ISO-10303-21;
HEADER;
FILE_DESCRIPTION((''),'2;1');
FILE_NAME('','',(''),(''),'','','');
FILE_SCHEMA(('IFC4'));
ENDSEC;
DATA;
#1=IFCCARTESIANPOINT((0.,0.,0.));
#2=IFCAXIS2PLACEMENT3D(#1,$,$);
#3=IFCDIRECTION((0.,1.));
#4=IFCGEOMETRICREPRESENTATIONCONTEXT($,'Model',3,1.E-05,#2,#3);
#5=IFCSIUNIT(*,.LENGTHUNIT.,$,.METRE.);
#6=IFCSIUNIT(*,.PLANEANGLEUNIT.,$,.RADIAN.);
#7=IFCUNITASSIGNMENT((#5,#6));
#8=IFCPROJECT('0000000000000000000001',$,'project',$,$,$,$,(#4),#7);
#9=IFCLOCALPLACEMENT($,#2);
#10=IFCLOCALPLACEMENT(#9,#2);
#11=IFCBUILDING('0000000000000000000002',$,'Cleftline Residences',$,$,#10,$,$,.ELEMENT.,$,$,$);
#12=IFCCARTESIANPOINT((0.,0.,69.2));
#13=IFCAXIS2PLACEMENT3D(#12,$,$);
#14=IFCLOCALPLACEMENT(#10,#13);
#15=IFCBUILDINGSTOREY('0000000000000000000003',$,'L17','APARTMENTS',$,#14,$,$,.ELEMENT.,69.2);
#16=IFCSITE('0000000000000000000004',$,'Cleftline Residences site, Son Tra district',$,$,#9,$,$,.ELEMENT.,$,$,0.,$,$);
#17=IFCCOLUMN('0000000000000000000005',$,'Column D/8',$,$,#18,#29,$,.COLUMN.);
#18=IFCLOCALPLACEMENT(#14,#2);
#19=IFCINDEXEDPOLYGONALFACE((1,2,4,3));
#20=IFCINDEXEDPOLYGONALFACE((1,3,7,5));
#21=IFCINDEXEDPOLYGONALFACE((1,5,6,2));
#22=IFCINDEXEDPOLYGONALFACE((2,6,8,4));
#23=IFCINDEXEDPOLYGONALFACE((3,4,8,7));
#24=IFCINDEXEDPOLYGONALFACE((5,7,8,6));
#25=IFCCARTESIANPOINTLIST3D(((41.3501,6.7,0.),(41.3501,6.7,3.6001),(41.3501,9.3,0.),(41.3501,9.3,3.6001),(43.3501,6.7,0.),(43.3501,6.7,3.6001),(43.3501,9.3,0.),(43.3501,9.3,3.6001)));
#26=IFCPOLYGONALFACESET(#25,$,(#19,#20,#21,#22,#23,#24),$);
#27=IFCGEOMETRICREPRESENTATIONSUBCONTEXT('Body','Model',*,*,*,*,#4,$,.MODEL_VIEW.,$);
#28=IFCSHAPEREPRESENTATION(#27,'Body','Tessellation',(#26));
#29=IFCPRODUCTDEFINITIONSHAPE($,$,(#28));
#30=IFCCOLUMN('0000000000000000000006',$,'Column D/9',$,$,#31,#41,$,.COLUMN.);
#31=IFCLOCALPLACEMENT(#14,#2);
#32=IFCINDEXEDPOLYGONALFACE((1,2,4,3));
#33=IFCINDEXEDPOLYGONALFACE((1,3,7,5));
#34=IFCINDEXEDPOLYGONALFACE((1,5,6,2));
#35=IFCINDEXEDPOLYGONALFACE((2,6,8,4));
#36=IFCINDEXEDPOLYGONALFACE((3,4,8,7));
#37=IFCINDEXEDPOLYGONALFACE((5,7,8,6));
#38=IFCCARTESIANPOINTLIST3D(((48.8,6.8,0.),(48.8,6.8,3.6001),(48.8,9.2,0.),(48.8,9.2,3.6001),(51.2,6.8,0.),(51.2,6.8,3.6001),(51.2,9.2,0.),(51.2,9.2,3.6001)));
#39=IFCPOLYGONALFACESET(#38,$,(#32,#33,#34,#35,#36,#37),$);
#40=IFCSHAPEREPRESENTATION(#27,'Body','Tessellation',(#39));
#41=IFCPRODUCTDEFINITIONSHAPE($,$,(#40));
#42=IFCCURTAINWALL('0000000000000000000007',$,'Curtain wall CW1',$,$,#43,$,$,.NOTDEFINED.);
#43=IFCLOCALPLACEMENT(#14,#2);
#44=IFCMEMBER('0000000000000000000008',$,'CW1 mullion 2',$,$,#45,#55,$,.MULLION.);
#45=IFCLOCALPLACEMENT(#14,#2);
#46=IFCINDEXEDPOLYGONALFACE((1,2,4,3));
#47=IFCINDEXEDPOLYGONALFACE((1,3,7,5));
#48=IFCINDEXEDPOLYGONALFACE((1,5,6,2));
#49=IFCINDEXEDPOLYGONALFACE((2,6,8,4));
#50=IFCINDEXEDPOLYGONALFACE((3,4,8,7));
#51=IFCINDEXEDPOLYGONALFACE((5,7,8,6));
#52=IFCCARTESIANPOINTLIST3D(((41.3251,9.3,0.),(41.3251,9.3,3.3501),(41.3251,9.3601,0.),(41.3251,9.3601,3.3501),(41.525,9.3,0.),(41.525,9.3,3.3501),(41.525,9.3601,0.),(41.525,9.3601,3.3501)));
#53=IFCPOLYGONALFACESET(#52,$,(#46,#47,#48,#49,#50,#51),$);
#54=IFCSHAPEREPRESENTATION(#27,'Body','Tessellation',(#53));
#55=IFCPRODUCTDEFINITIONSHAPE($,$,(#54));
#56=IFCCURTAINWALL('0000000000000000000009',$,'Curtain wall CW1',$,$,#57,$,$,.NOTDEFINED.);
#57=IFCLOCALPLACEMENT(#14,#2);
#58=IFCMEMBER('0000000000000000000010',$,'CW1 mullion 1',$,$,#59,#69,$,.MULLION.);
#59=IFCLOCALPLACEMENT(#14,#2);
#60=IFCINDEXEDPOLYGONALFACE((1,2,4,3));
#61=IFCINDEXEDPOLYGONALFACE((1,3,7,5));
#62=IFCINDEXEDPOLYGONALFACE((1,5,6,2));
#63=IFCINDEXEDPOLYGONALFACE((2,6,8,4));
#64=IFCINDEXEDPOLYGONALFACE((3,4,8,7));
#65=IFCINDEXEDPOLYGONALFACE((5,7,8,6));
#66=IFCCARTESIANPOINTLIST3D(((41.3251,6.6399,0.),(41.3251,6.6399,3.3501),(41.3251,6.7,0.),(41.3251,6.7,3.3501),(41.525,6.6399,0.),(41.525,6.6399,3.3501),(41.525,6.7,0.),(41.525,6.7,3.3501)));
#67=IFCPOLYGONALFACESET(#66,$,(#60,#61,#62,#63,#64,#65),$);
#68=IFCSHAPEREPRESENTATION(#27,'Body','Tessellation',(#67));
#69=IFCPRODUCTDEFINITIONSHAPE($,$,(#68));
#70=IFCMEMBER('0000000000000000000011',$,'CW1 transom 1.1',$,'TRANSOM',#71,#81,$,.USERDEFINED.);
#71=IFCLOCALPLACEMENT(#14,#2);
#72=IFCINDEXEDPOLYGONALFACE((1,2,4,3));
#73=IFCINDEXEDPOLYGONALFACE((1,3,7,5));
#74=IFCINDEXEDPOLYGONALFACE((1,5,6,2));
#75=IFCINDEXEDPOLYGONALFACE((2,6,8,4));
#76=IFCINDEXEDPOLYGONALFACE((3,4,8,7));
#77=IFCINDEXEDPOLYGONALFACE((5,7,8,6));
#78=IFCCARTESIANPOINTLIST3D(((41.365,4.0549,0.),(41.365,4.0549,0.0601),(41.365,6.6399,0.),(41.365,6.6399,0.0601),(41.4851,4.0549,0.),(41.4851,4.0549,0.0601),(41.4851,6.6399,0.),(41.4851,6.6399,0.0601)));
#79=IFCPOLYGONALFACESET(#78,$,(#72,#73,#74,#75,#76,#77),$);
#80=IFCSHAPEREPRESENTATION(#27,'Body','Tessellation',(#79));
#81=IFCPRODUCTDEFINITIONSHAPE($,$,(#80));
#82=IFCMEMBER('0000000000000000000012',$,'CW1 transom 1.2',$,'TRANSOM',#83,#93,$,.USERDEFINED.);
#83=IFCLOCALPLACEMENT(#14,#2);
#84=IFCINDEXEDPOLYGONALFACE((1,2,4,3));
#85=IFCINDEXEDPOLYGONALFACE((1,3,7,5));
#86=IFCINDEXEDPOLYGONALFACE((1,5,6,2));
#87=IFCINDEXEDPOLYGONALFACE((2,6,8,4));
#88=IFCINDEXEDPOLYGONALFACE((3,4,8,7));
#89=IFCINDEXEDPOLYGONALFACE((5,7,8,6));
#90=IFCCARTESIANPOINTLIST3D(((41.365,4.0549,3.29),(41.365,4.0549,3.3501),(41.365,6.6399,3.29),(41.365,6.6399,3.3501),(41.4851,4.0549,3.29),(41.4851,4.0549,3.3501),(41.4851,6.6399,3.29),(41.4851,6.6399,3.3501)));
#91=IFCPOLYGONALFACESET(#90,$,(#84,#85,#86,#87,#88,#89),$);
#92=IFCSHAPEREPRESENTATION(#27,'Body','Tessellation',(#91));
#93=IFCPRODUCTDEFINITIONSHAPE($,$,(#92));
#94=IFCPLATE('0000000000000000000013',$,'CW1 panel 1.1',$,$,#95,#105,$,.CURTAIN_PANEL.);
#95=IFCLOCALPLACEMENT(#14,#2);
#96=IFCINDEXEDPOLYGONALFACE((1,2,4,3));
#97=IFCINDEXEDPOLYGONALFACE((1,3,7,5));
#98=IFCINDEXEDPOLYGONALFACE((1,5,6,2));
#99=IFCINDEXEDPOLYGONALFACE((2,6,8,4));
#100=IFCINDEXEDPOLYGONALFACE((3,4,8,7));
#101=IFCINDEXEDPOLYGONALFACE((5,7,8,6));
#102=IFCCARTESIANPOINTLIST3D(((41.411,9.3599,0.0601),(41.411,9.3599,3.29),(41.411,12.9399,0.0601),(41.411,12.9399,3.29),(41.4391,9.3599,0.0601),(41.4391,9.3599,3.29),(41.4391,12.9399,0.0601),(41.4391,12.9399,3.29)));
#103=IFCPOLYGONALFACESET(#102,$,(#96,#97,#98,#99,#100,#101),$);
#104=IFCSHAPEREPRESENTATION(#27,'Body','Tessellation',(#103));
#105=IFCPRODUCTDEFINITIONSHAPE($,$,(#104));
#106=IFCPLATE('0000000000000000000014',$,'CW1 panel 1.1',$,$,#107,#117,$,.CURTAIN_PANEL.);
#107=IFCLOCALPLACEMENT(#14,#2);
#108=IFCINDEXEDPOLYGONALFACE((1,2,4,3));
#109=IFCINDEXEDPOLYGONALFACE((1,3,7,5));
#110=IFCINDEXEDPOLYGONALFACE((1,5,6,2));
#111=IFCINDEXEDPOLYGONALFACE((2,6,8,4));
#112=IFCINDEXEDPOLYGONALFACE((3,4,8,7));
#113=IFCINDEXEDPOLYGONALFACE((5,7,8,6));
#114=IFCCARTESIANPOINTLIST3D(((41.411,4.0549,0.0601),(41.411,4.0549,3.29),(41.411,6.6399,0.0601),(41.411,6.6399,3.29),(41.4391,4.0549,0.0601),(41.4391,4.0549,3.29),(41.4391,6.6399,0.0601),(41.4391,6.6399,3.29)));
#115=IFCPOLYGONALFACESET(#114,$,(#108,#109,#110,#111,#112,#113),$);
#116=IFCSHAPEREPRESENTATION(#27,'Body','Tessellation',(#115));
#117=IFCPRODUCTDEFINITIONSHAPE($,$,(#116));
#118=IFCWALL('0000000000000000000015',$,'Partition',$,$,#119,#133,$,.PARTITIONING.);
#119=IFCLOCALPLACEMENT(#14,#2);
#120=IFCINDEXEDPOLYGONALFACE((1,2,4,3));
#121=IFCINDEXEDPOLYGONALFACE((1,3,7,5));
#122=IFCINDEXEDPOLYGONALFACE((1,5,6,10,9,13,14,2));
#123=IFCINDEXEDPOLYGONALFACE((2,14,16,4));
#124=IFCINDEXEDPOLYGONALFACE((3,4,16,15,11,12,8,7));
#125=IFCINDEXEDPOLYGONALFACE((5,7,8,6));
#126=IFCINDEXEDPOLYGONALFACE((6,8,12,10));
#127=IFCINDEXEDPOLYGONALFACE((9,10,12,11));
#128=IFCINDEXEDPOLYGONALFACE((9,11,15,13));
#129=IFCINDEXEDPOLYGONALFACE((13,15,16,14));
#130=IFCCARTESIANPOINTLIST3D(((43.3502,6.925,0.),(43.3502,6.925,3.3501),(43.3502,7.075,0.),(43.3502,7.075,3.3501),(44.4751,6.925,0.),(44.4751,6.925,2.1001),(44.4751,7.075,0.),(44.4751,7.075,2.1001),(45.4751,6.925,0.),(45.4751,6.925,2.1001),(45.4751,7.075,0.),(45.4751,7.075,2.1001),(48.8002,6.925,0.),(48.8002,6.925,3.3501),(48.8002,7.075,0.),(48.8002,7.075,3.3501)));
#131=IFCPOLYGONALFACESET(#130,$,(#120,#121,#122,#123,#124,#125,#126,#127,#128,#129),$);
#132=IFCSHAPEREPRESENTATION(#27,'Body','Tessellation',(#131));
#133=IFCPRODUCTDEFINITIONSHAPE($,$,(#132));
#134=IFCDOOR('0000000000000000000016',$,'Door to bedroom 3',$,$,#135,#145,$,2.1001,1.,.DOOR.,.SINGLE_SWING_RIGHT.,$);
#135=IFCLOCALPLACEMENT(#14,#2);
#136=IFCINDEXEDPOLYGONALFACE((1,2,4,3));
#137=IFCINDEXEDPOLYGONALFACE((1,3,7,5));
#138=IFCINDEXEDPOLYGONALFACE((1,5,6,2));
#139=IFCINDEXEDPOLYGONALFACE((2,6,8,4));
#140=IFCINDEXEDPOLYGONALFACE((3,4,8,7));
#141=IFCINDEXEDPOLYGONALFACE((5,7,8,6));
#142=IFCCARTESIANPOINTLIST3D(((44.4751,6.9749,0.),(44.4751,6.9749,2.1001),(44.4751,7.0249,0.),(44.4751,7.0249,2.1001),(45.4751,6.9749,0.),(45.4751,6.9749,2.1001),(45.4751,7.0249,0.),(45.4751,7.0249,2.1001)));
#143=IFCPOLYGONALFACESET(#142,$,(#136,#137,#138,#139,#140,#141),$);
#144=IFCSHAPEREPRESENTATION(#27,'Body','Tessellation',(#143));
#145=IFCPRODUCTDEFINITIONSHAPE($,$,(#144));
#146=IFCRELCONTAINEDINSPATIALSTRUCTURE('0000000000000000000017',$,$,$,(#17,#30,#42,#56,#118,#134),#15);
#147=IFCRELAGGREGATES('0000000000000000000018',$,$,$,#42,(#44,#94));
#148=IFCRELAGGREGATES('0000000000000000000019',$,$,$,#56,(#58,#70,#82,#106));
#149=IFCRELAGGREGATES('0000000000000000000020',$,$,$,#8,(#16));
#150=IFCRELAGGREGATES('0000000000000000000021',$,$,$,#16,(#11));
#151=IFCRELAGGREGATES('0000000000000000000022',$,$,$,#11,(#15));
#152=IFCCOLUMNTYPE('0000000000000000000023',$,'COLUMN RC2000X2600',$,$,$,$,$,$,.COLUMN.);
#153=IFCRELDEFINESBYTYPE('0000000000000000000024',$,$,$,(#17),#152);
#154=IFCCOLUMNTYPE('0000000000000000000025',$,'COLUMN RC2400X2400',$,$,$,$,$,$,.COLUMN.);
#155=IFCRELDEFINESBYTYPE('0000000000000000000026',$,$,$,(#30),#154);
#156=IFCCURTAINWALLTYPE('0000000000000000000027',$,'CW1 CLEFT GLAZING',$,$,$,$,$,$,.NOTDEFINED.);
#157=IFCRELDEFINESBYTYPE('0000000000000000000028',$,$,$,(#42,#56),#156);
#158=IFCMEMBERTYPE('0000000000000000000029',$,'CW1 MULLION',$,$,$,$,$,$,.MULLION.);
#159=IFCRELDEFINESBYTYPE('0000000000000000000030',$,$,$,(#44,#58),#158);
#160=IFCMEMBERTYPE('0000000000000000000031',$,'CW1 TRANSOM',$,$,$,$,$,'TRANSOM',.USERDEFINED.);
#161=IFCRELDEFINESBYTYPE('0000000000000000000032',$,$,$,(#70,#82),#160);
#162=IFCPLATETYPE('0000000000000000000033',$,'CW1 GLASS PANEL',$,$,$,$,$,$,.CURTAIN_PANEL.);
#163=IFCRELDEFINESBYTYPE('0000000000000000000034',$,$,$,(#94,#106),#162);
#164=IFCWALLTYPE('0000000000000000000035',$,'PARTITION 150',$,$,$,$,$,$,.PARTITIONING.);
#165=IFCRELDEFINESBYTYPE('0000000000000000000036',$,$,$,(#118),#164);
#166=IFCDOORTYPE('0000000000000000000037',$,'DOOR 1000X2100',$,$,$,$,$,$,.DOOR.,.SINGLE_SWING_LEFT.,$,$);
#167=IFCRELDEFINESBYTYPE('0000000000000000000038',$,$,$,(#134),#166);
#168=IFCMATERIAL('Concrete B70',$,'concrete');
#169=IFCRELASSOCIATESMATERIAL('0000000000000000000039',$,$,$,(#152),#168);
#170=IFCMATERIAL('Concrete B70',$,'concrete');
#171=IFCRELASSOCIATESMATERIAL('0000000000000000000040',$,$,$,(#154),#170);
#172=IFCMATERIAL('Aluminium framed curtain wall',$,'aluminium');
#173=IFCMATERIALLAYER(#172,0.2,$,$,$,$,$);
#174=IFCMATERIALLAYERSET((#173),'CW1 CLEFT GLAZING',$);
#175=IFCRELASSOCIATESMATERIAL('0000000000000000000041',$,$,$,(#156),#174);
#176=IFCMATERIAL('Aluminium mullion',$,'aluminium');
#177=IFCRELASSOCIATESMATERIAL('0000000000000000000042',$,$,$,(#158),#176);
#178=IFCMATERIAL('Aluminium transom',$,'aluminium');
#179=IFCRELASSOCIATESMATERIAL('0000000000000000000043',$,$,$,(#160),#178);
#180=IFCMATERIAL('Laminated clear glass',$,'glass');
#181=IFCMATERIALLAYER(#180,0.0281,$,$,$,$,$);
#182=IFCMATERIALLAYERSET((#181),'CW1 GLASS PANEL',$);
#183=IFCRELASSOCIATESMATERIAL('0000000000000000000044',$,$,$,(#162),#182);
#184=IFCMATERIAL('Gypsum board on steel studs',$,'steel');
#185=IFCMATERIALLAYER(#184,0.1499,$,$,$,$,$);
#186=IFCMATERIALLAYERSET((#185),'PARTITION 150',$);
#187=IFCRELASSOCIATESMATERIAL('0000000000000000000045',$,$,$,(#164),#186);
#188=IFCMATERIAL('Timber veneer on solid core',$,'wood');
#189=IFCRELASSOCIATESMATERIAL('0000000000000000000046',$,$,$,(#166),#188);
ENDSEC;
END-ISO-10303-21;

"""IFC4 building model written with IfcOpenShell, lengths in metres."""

from ifc_helpers import new_model, si_unit, direction, frame, frame_2d, origin, origin_2d, place, context, subcontext, project, spatial, rectangle, extrude, material, layer, layer_set, material_profile, profile_set, type_object, element, fill, aggregate, save


model = new_model("IFC4")

# Units and contexts
model_context = context("Model", 3, precision=1e-05, world=origin(), true_north=direction((0.0, 1.0)))
body_context = subcontext(model_context, "Body", "Model", "MODEL_VIEW")
ifc_project = project(units=[si_unit("LENGTHUNIT", "METRE"), si_unit("PLANEANGLEUNIT", "RADIAN")], contexts=[model_context])

# Site, building, storey
site_placement = place(None, origin())
site = spatial("IfcSite", under=ifc_project, at=site_placement, Name="Cleftline Residences site, Son Tra district", CompositionType="ELEMENT", RefElevation=0.0)
building_placement = place(site_placement, origin())
building = spatial("IfcBuilding", under=site, at=building_placement, Name="Cleftline Residences", CompositionType="ELEMENT")
storey_placement = place(building_placement, frame((0.0, 0.0, 69.2)))
storey = spatial("IfcBuildingStorey", under=building, at=storey_placement, Name="L17", Description="APARTMENTS", CompositionType="ELEMENT", Elevation=69.2)

# Columns
ifc_material_1 = material(Name="Concrete B70", Category="concrete")
ifc_material_profile_1 = material_profile(ifc_material_1, rectangle(XDim=2.0, YDim=2.6001, at=origin_2d()))
ifc_profile_set_1 = profile_set([ifc_material_profile_1], Name="Concrete B70")
column_type_1 = type_object("IfcColumnType", Name="COLUMN RC2000X2600", PredefinedType="COLUMN", material=ifc_profile_set_1)
column_1_placement = place(storey_placement, frame((42.3501, 8.0, 0.0), z_axis=(0.0, 0.0, 1.0), x_axis=(1.0, 0.0, 0.0)))
element("IfcColumn", 1, at=column_1_placement, inside=storey, type_object=column_type_1, Name="Column D/8", PredefinedType="COLUMN", context=body_context, shape_type="SweptSolid", body=[
    extrude(rectangle(XDim=2.0, YDim=2.6001, at=origin_2d()), origin(), (0.0, 0.0, 1.0), 3.6001),
])
ifc_material_2 = material(Name="Concrete B70", Category="concrete")
ifc_material_profile_2 = material_profile(ifc_material_2, rectangle(XDim=2.3999, YDim=2.3999, at=origin_2d()))
ifc_profile_set_2 = profile_set([ifc_material_profile_2], Name="Concrete B70")
column_type_2 = type_object("IfcColumnType", Name="COLUMN RC2400X2400", PredefinedType="COLUMN", material=ifc_profile_set_2)
column_2_placement = place(storey_placement, frame((50.0, 8.0, 0.0), z_axis=(0.0, 0.0, 1.0), x_axis=(1.0, 0.0, 0.0)))
element("IfcColumn", 2, at=column_2_placement, inside=storey, type_object=column_type_2, Name="Column D/9", PredefinedType="COLUMN", context=body_context, shape_type="SweptSolid", body=[
    extrude(rectangle(XDim=2.3999, YDim=2.3999, at=origin_2d()), origin(), (0.0, 0.0, 1.0), 3.6001),
])

# Curtain wall, member
ifc_material_3 = material(Name="Aluminium framed curtain wall", Category="aluminium")
ifc_layer_1 = layer(ifc_material_3, 0.2)
ifc_layer_set_1 = layer_set([ifc_layer_1], Name="CW1 CLEFT GLAZING")
curtain_wall_type = type_object("IfcCurtainWallType", Name="CW1 CLEFT GLAZING", PredefinedType="NOTDEFINED", material=ifc_layer_set_1)
curtain_wall_1_placement = place(storey_placement, origin())
curtain_wall_1 = element("IfcCurtainWall", 3, at=curtain_wall_1_placement, inside=storey, type_object=curtain_wall_type, Name="Curtain wall CW1", PredefinedType="NOTDEFINED")
ifc_material_4 = material(Name="Aluminium mullion", Category="aluminium")
ifc_material_profile_3 = material_profile(ifc_material_4, rectangle(XDim=0.2, YDim=0.0601, at=origin_2d()))
ifc_profile_set_3 = profile_set([ifc_material_profile_3], Name="Aluminium mullion")
member_type_1 = type_object("IfcMemberType", Name="CW1 MULLION", PredefinedType="MULLION", material=ifc_profile_set_3)
member_1_placement = place(storey_placement, frame((41.425, 9.3301, 0.0), z_axis=(0.0, 0.0, 1.0), x_axis=(1.0, 0.0, 0.0)))
member_1 = element("IfcMember", 4, at=member_1_placement, type_object=member_type_1, Name="CW1 mullion 2", PredefinedType="MULLION", context=body_context, shape_type="SweptSolid", body=[
    extrude(rectangle(XDim=0.2, YDim=0.0601, at=origin_2d()), origin(), (0.0, 0.0, 1.0), 3.3501),
])

# Curtain wall, members
curtain_wall_2_placement = place(storey_placement, origin())
curtain_wall_2 = element("IfcCurtainWall", 5, at=curtain_wall_2_placement, inside=storey, type_object=curtain_wall_type, Name="Curtain wall CW1", PredefinedType="NOTDEFINED")
member_2_placement = place(storey_placement, frame((41.425, 6.6699, 0.0), z_axis=(0.0, 0.0, 1.0), x_axis=(1.0, 0.0, 0.0)))
member_2 = element("IfcMember", 6, at=member_2_placement, type_object=member_type_1, Name="CW1 mullion 1", PredefinedType="MULLION", context=body_context, shape_type="SweptSolid", body=[
    extrude(rectangle(XDim=0.2, YDim=0.0601, at=origin_2d()), origin(), (0.0, 0.0, 1.0), 3.3501),
])
ifc_material_5 = material(Name="Aluminium transom", Category="aluminium")
ifc_material_profile_4 = material_profile(ifc_material_5, rectangle(XDim=0.1201, YDim=0.0601, at=origin_2d()))
ifc_profile_set_4 = profile_set([ifc_material_profile_4], Name="Aluminium transom")
member_type_2 = type_object("IfcMemberType", Name="CW1 TRANSOM", ElementType="TRANSOM", PredefinedType="USERDEFINED", material=ifc_profile_set_4)
member_3_placement = place(storey_placement, frame((41.425, 6.6399, 0.03), z_axis=(0.0, -1.0, 0.0), x_axis=(1.0, 0.0, 0.0)))
member_3 = element("IfcMember", 7, at=member_3_placement, type_object=member_type_2, Name="CW1 transom 1.1", ObjectType="TRANSOM", PredefinedType="USERDEFINED", context=body_context, shape_type="SweptSolid", body=[
    extrude(rectangle(XDim=0.1201, YDim=0.0601, at=origin_2d()), origin(), (0.0, 0.0, 1.0), 2.585),
])
member_4_placement = place(storey_placement, frame((41.425, 6.6399, 3.3201), z_axis=(0.0, -1.0, 0.0), x_axis=(1.0, 0.0, 0.0)))
member_4 = element("IfcMember", 8, at=member_4_placement, type_object=member_type_2, Name="CW1 transom 1.2", ObjectType="TRANSOM", PredefinedType="USERDEFINED", context=body_context, shape_type="SweptSolid", body=[
    extrude(rectangle(XDim=0.1201, YDim=0.0601, at=origin_2d()), origin(), (0.0, 0.0, 1.0), 2.585),
])

# Plates
ifc_material_6 = material(Name="Laminated clear glass", Category="glass")
ifc_layer_2 = layer(ifc_material_6, 0.0281)
ifc_layer_set_2 = layer_set([ifc_layer_2], Name="CW1 GLASS PANEL")
plate_type = type_object("IfcPlateType", Name="CW1 GLASS PANEL", PredefinedType="CURTAIN_PANEL", material=ifc_layer_set_2)
plate_1_placement = place(storey_placement, frame((41.425, 11.1499, 0.0601), z_axis=(0.0, 0.0, 1.0), x_axis=(0.0, -1.0, 0.0)))
plate_1 = element("IfcPlate", 9, at=plate_1_placement, type_object=plate_type, Name="CW1 panel 1.1", PredefinedType="CURTAIN_PANEL", context=body_context, shape_type="SweptSolid", body=[
    extrude(rectangle(XDim=3.5801, YDim=0.0281, at=origin_2d()), origin(), (0.0, 0.0, 1.0), 3.23),
])
aggregate(curtain_wall_1, [member_1, plate_1])
plate_2_placement = place(storey_placement, frame((41.425, 5.3474, 0.0601), z_axis=(0.0, 0.0, 1.0), x_axis=(0.0, -1.0, 0.0)))
plate_2 = element("IfcPlate", 10, at=plate_2_placement, type_object=plate_type, Name="CW1 panel 1.1", PredefinedType="CURTAIN_PANEL", context=body_context, shape_type="SweptSolid", body=[
    extrude(rectangle(XDim=2.585, YDim=0.0281, at=origin_2d()), origin(), (0.0, 0.0, 1.0), 3.23),
])
aggregate(curtain_wall_2, [member_2, member_3, member_4, plate_2])

# Wall, opening, door
ifc_material_7 = material(Name="Gypsum board on steel studs", Category="steel")
ifc_layer_3 = layer(ifc_material_7, 0.1499)
ifc_layer_set_3 = layer_set([ifc_layer_3], Name="PARTITION 150")
wall_type = type_object("IfcWallType", Name="PARTITION 150", PredefinedType="PARTITIONING", material=ifc_layer_set_3)
wall_1_placement = place(storey_placement, frame((43.3501, 7.0, 0.0), z_axis=(0.0, 0.0, 1.0), x_axis=(1.0, 0.0, 0.0)))
wall_1 = element("IfcWall", 11, at=wall_1_placement, inside=storey, type_object=wall_type, Name="Partition", PredefinedType="PARTITIONING", context=body_context, shape_type="SweptSolid", body=[
    extrude(rectangle(XDim=5.45, YDim=0.1499, at=frame_2d((2.7251, 0.0))), origin(), (0.0, 0.0, 1.0), 3.3501),
])
opening_1_placement = place(wall_1_placement, frame((1.125, 0.0, 0.0)))
opening_1 = element("IfcOpeningElement", 12, at=opening_1_placement, cuts=wall_1, PredefinedType="OPENING", context=body_context, shape_type="SweptSolid", body=[
    extrude(rectangle(XDim=1.0, YDim=2.1001, at=frame_2d((0.5, 1.05))), frame((0.0, 0.085, 0.0), z_axis=(0.0, -1.0, 0.0), x_axis=(1.0, 0.0, 0.0)), (0.0, 0.0, 1.0), 0.1699),
])
ifc_material_8 = material(Name="Timber veneer on solid core", Category="wood")
door_type_1 = type_object("IfcDoorType", Name="DOOR 1000X2100", OperationType="SINGLE_SWING_LEFT", PredefinedType="DOOR", material=ifc_material_8)
door_1_placement = place(opening_1_placement, origin())
door_1 = element("IfcDoor", 13, at=door_1_placement, inside=storey, type_object=door_type_1, Name="Door to bedroom 3", OperationType="SINGLE_SWING_RIGHT", OverallHeight=2.1001, OverallWidth=1.0, PredefinedType="DOOR", context=body_context, shape_type="SweptSolid", body=[
    extrude(rectangle(XDim=1.0, YDim=2.1001, at=frame_2d((0.5, 1.05))), frame((0.0, 0.0249, 0.0), z_axis=(0.0, -1.0, 0.0), x_axis=(1.0, 0.0, 0.0)), (0.0, 0.0, 1.0), 0.05),
])
fill(opening_1, door_1)

save(model, "model.ifc")
